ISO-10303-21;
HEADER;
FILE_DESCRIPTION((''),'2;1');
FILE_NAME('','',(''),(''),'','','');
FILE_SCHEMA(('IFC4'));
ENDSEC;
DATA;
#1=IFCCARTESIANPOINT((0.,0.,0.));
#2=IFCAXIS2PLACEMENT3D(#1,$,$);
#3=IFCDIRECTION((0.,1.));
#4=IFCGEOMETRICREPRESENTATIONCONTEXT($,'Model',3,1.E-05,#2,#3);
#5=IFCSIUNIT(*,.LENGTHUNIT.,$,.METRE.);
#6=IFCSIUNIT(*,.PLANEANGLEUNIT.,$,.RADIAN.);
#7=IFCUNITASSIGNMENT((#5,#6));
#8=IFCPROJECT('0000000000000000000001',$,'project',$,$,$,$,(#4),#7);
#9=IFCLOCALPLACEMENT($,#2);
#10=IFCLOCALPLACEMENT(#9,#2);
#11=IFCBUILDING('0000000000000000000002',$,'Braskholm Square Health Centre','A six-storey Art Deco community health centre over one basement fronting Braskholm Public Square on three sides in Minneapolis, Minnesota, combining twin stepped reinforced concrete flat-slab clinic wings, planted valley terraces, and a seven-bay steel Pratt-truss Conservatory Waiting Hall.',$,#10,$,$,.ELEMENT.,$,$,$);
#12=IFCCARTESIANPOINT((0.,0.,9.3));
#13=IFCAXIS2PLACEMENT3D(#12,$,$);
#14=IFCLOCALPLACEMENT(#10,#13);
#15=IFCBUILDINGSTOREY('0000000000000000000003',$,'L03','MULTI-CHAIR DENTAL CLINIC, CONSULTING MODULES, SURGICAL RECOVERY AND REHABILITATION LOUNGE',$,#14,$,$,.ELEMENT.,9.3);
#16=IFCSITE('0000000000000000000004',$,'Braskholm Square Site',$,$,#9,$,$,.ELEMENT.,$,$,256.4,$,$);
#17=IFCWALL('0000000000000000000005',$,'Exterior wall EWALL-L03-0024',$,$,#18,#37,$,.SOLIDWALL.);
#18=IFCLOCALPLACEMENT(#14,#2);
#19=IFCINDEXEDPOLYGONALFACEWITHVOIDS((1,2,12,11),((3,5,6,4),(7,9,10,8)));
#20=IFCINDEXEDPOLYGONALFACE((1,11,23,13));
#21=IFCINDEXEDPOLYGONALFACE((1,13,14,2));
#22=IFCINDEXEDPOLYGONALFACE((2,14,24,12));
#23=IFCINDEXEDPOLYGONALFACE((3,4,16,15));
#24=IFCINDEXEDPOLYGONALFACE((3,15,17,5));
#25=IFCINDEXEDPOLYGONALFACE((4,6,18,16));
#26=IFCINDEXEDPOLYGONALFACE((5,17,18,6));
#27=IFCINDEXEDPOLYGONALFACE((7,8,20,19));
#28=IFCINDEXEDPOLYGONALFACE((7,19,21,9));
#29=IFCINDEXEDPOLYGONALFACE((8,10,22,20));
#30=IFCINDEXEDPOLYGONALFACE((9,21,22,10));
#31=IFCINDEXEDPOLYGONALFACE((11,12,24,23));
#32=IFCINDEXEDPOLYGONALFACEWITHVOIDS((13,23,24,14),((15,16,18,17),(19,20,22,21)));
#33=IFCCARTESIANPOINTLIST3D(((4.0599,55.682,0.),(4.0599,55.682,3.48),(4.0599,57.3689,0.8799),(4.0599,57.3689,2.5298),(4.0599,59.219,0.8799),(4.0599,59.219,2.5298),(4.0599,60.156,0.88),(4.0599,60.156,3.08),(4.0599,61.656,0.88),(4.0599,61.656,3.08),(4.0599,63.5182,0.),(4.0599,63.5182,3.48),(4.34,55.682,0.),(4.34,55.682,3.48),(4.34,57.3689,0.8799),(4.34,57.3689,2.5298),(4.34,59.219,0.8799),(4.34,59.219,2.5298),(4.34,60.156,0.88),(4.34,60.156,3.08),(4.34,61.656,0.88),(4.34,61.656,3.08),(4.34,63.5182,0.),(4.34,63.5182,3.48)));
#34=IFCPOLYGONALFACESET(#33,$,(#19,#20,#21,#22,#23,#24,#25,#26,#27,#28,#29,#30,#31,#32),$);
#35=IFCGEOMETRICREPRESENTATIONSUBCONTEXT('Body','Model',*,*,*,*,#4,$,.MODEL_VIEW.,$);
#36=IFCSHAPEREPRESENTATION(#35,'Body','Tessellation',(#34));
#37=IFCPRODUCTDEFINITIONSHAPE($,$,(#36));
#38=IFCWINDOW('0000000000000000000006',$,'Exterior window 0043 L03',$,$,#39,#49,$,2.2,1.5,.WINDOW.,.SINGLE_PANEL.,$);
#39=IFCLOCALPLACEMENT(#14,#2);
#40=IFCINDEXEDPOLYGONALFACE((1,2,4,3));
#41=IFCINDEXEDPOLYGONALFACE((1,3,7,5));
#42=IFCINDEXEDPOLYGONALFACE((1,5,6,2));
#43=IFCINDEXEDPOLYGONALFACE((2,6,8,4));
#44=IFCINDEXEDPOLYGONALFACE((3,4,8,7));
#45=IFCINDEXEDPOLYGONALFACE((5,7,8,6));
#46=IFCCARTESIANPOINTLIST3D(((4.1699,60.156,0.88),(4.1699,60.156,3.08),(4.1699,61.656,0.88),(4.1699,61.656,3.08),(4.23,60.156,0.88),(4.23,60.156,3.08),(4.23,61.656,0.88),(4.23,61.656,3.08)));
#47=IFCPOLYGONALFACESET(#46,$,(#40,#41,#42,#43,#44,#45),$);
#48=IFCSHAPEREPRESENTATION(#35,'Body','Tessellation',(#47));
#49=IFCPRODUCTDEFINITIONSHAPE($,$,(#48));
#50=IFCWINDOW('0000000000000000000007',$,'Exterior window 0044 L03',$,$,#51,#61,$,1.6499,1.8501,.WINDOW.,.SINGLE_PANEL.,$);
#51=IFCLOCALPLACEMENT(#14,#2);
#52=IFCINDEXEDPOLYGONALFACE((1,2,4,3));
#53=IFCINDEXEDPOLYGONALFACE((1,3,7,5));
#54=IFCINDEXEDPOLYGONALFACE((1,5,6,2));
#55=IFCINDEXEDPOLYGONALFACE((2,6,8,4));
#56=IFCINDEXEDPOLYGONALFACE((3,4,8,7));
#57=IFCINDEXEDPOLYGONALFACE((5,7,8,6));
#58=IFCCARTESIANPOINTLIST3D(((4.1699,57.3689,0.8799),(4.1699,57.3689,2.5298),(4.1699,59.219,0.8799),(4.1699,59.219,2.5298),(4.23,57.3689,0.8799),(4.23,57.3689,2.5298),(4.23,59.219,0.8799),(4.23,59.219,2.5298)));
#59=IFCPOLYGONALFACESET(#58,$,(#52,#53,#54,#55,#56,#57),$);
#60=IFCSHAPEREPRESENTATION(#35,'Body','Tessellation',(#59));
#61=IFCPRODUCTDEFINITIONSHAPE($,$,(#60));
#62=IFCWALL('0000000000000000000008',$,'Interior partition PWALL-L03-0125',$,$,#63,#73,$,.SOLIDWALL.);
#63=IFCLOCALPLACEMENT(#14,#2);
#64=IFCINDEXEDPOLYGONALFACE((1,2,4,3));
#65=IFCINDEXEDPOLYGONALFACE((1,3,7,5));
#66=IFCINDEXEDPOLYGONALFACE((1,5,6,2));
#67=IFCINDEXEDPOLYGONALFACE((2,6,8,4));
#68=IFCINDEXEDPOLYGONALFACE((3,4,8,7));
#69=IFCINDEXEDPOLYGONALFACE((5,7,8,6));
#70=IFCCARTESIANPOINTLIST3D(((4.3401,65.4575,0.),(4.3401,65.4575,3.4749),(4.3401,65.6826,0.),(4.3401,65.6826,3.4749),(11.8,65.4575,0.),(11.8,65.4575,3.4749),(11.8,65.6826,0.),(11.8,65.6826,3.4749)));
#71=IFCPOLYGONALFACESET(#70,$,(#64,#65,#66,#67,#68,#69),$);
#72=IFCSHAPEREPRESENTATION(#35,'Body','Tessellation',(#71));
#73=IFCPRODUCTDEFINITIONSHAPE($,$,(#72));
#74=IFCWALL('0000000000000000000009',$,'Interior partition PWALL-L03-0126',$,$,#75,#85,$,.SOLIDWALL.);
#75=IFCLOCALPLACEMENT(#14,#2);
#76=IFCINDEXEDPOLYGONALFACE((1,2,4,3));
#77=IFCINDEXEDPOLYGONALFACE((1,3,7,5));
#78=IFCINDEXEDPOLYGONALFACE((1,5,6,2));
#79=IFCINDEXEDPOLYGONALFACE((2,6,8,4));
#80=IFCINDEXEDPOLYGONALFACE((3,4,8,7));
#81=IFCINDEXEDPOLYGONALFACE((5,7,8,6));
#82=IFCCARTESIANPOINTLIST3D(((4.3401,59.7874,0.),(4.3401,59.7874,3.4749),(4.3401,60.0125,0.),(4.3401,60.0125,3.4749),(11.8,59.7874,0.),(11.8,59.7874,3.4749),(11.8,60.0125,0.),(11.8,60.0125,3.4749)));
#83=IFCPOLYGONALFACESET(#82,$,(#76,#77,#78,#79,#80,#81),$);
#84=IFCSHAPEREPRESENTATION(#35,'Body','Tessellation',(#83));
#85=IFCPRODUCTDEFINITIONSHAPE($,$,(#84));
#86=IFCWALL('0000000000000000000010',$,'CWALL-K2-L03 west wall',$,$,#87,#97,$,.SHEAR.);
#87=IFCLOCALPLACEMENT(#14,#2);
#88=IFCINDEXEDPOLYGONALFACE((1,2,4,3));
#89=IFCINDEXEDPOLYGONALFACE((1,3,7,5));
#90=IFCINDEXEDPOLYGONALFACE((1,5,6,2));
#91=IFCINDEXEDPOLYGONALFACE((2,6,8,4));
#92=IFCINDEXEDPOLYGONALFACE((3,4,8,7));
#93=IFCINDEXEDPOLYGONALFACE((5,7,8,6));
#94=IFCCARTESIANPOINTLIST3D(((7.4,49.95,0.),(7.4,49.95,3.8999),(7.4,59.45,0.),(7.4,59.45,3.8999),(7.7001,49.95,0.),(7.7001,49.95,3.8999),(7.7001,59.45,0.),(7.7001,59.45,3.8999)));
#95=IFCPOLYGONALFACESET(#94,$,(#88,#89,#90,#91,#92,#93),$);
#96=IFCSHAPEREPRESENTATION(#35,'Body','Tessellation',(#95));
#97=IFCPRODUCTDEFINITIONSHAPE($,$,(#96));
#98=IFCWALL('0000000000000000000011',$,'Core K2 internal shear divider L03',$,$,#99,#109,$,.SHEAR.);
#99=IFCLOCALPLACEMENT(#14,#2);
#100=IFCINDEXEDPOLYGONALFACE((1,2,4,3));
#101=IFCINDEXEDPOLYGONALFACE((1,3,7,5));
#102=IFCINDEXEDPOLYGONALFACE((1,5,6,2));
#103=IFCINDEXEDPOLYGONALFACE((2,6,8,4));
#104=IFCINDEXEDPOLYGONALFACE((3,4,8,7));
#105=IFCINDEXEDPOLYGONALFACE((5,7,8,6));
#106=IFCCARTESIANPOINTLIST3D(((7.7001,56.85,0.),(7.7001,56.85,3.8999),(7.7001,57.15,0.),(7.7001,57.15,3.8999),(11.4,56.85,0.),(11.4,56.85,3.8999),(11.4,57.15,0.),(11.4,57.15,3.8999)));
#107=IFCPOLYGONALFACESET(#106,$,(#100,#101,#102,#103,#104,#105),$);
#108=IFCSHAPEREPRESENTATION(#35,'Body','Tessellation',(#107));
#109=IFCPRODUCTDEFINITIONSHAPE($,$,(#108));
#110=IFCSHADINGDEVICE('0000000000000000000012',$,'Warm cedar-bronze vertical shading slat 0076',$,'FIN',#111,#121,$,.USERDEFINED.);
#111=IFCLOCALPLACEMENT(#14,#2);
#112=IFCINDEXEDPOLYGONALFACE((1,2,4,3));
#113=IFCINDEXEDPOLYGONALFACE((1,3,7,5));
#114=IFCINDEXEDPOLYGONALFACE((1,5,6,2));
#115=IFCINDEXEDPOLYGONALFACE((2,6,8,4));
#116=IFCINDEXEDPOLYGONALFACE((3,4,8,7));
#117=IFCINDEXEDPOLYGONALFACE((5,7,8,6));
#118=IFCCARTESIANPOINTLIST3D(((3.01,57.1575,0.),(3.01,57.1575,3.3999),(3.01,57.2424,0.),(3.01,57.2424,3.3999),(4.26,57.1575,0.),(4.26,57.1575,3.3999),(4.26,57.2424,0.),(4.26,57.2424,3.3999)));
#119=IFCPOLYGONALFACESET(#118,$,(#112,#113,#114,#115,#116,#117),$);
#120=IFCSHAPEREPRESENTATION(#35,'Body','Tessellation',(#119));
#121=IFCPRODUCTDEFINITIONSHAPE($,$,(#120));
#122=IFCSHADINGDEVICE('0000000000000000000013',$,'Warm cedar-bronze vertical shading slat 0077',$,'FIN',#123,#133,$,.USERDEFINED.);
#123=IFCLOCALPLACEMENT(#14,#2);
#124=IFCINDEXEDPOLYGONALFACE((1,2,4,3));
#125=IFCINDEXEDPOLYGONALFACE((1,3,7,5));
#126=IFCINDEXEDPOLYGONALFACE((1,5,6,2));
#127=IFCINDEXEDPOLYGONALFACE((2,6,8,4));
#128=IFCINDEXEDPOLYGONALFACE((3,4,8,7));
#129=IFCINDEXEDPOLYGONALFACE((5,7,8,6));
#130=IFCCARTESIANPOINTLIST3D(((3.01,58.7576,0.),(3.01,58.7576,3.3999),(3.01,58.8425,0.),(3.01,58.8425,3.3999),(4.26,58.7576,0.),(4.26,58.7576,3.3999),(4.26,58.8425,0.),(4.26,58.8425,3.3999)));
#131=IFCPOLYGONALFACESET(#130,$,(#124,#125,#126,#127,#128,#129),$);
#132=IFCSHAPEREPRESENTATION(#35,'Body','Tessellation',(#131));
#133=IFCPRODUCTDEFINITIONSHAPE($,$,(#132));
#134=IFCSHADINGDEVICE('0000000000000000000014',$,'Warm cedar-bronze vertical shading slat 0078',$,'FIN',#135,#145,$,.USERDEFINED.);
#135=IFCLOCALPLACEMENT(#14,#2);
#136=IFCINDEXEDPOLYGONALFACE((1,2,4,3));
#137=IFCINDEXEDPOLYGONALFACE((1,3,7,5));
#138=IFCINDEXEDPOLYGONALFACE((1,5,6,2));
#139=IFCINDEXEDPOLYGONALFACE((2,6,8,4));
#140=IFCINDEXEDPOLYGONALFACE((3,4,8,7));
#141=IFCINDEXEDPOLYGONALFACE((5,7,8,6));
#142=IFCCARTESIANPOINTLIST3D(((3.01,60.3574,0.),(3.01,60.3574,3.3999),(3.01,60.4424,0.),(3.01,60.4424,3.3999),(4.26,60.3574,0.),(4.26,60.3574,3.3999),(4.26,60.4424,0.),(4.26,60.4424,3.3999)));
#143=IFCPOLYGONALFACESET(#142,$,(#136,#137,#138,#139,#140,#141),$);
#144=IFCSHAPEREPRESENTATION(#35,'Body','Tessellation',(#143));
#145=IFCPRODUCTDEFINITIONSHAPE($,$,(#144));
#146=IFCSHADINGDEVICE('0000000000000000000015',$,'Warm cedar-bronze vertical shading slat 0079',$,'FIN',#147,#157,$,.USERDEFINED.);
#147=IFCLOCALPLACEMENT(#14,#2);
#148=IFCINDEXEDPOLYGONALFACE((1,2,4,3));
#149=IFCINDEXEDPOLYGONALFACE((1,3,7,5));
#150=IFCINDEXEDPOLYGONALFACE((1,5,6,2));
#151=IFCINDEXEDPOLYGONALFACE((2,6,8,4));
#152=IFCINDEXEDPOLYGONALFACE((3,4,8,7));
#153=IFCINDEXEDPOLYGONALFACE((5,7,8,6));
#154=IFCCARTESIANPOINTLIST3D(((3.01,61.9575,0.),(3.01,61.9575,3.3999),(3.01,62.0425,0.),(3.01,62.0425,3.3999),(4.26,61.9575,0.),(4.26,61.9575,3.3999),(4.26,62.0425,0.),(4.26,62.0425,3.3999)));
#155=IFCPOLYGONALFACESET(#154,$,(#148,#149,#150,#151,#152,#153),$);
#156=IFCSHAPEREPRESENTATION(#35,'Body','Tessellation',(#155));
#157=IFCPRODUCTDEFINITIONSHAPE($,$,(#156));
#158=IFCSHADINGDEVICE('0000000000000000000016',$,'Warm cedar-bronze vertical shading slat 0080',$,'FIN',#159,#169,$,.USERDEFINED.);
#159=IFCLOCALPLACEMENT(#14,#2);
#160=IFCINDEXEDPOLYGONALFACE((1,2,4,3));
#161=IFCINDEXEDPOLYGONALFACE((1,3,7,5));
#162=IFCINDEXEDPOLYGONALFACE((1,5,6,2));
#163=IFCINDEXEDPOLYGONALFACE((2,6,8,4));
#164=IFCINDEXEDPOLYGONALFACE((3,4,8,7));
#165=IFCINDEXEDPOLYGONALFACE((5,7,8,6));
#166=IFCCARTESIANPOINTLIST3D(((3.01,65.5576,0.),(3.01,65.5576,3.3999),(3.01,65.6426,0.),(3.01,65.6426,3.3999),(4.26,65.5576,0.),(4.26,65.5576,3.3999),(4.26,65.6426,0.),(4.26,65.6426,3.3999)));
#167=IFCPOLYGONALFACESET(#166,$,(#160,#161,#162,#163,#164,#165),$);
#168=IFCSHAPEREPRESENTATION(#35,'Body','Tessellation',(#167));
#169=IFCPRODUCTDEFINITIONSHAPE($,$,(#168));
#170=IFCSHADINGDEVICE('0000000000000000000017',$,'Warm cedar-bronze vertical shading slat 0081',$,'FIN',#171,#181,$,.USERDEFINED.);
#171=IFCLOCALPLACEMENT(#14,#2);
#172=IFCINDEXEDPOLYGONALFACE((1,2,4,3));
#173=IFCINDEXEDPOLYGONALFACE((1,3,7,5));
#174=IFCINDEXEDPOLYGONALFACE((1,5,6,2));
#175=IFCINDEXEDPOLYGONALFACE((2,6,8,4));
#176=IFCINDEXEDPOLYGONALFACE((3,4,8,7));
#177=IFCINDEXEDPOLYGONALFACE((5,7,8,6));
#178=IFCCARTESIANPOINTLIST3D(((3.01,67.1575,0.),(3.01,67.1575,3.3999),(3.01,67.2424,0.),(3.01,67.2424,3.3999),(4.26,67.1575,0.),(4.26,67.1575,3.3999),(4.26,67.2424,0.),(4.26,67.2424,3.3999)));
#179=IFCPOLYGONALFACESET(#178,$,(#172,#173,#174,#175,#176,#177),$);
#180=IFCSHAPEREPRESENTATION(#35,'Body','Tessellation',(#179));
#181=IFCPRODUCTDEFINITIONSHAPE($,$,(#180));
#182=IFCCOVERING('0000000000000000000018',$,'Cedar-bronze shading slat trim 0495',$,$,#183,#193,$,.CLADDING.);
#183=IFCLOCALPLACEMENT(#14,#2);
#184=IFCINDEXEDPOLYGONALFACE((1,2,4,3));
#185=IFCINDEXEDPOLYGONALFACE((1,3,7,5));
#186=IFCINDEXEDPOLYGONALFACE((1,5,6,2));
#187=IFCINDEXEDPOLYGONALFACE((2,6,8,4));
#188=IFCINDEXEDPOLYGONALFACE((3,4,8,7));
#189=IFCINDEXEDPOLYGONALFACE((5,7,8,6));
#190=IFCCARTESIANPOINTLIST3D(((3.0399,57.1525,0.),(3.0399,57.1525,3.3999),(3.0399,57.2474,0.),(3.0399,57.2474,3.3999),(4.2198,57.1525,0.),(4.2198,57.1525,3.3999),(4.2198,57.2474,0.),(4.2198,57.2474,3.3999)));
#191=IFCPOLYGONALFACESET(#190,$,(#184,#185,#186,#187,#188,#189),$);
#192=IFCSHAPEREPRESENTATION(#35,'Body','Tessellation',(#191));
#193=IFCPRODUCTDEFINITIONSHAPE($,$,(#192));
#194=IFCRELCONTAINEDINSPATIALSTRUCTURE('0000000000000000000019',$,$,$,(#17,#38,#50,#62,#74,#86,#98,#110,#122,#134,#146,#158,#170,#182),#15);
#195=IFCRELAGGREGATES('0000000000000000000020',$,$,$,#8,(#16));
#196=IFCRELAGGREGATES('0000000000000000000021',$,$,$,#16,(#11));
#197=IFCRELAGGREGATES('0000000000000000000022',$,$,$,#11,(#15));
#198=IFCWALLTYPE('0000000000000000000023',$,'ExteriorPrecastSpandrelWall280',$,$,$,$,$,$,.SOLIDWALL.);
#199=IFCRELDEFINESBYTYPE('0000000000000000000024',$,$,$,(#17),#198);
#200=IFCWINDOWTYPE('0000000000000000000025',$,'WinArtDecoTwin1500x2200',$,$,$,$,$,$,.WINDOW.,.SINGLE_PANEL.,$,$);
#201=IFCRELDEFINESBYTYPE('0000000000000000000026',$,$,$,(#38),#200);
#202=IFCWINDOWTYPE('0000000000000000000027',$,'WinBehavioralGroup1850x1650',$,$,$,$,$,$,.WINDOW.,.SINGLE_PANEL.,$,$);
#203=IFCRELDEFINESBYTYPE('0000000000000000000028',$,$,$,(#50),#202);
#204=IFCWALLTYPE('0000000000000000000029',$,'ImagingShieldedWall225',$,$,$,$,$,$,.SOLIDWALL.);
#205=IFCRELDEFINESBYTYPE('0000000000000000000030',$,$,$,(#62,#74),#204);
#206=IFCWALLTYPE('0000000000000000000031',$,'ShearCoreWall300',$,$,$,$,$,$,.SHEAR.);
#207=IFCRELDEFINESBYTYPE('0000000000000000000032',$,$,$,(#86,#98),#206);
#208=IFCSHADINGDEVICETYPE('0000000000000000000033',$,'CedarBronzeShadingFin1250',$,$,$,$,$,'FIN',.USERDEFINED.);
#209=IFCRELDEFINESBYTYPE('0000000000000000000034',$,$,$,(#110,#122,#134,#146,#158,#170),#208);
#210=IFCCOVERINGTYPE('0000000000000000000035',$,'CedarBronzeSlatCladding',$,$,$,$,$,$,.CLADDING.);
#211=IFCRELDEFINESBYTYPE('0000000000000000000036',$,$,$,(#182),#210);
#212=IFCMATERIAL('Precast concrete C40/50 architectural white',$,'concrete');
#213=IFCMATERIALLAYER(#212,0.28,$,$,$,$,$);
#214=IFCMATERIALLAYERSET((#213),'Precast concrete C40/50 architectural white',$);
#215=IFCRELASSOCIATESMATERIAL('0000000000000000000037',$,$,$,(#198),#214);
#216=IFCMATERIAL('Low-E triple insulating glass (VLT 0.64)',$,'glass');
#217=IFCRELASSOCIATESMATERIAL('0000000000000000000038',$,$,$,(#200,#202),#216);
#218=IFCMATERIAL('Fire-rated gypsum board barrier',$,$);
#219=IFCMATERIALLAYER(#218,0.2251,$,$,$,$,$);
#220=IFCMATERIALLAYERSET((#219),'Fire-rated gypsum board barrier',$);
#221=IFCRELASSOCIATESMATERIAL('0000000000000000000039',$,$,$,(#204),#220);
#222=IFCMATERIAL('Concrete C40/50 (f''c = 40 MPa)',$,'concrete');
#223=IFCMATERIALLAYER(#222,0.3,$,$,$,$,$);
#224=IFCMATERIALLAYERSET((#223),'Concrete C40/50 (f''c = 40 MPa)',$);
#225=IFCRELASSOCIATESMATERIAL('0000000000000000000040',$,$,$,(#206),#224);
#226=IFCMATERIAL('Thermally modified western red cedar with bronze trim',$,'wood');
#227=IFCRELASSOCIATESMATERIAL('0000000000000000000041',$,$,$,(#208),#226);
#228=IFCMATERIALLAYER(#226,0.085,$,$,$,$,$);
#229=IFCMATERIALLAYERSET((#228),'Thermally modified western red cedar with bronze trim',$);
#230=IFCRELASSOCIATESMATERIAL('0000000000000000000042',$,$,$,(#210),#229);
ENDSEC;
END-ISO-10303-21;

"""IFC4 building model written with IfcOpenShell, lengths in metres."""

from ifc_helpers import new_model, si_unit, direction, frame, frame_2d, origin, origin_with_axes, origin_2d, place, context, subcontext, project, spatial, rectangle, extrude, material, layer, layer_set, type_object, element, fill, save


model = new_model("IFC4")

# Units and contexts
model_context = context("Model", 3, precision=1e-05, world=origin(), true_north=direction((0.0, 1.0)))
body_context = subcontext(model_context, "Body", "Model", "MODEL_VIEW")
ifc_project = project(units=[si_unit("LENGTHUNIT", "METRE"), si_unit("PLANEANGLEUNIT", "RADIAN")], contexts=[model_context])

# Site, building, storey
site_placement = place(None, origin())
site = spatial("IfcSite", under=ifc_project, at=site_placement, Name="Braskholm Square Site", CompositionType="ELEMENT", RefElevation=256.4)
building_placement = place(site_placement, origin())
building = spatial("IfcBuilding", under=site, at=building_placement, Name="Braskholm Square Health Centre", Description="A six-storey Art Deco community health centre over one basement fronting Braskholm Public Square on three sides in Minneapolis, Minnesota, combining twin stepped reinforced concrete flat-slab clinic wings, planted valley terraces, and a seven-bay steel Pratt-truss Conservatory Waiting Hall.", CompositionType="ELEMENT")
storey_placement = place(building_placement, frame((0.0, 0.0, 9.3)))
storey = spatial("IfcBuildingStorey", under=building, at=storey_placement, Name="L03", Description="MULTI-CHAIR DENTAL CLINIC, CONSULTING MODULES, SURGICAL RECOVERY AND REHABILITATION LOUNGE", CompositionType="ELEMENT", Elevation=9.3)

# Shared definitions
ifc_material_1 = material(Name="Precast concrete C40/50 architectural white", Category="concrete")

# Shared definitions
ifc_material_2 = material(Name="Low-E triple insulating glass (VLT 0.64)", Category="glass")

# Wall, openings, windows
ifc_layer_1 = layer(ifc_material_1, 0.28)
ifc_layer_set_1 = layer_set([ifc_layer_1], Name="Precast concrete C40/50 architectural white")
wall_type_1 = type_object("IfcWallType", Name="ExteriorPrecastSpandrelWall280", PredefinedType="SOLIDWALL", material=ifc_layer_set_1)
wall_1_placement = place(storey_placement, frame((4.2, 63.5181, 0.0), z_axis=(0.0, 0.0, 1.0), x_axis=(0.0, -1.0, 0.0)))
wall_1 = element("IfcWall", 1, at=wall_1_placement, inside=storey, type_object=wall_type_1, Name="Exterior wall EWALL-L03-0024", PredefinedType="SOLIDWALL", context=body_context, shape_type="SweptSolid", body=[
    extrude(rectangle(XDim=7.8362, YDim=0.28, at=frame_2d((3.918, 0.0))), origin(), (0.0, 0.0, 1.0), 3.48),
])
opening_1_placement = place(wall_1_placement, frame((1.8621, 0.0, 0.8799)))
opening_1 = element("IfcOpeningElement", 2, at=opening_1_placement, cuts=wall_1, PredefinedType="OPENING", context=body_context, shape_type="SweptSolid", body=[
    extrude(rectangle(XDim=1.5, YDim=2.2, at=frame_2d((0.75, 1.1001))), frame((0.0, 0.1499, 0.0), z_axis=(0.0, -1.0, 0.0), x_axis=(1.0, 0.0, 0.0)), (0.0, 0.0, 1.0), 0.3),
])
opening_2_placement = place(wall_1_placement, frame((4.2991, 0.0, 0.8799)))
opening_2 = element("IfcOpeningElement", 3, at=opening_2_placement, cuts=wall_1, PredefinedType="OPENING", context=body_context, shape_type="SweptSolid", body=[
    extrude(rectangle(XDim=1.8501, YDim=1.6499, at=frame_2d((0.925, 0.825))), frame((0.0, 0.1499, 0.0), z_axis=(0.0, -1.0, 0.0), x_axis=(1.0, 0.0, 0.0)), (0.0, 0.0, 1.0), 0.3),
])
window_type_1 = type_object("IfcWindowType", Name="WinArtDecoTwin1500x2200", PartitioningType="SINGLE_PANEL", PredefinedType="WINDOW", material=ifc_material_2)
window_1_placement = place(opening_1_placement, origin_with_axes())
window_1 = element("IfcWindow", 4, at=window_1_placement, inside=storey, type_object=window_type_1, Name="Exterior window 0043 L03", OverallHeight=2.2, OverallWidth=1.5, PartitioningType="SINGLE_PANEL", PredefinedType="WINDOW", context=body_context, shape_type="SweptSolid", body=[
    extrude(rectangle(XDim=1.5, YDim=2.2, at=frame_2d((0.75, 1.1001))), frame((0.0, 0.03, 0.0), z_axis=(0.0, -1.0, 0.0), x_axis=(1.0, 0.0, 0.0)), (0.0, 0.0, 1.0), 0.0601),
])
fill(opening_1, window_1)
window_type_2 = type_object("IfcWindowType", Name="WinBehavioralGroup1850x1650", PartitioningType="SINGLE_PANEL", PredefinedType="WINDOW", material=ifc_material_2)
window_2_placement = place(opening_2_placement, origin_with_axes())
window_2 = element("IfcWindow", 5, at=window_2_placement, inside=storey, type_object=window_type_2, Name="Exterior window 0044 L03", OverallHeight=1.6499, OverallWidth=1.8501, PartitioningType="SINGLE_PANEL", PredefinedType="WINDOW", context=body_context, shape_type="SweptSolid", body=[
    extrude(rectangle(XDim=1.8501, YDim=1.6499, at=frame_2d((0.925, 0.825))), frame((0.0, 0.03, 0.0), z_axis=(0.0, -1.0, 0.0), x_axis=(1.0, 0.0, 0.0)), (0.0, 0.0, 1.0), 0.0601),
])
fill(opening_2, window_2)

# Walls
ifc_material_3 = material(Name="Fire-rated gypsum board barrier")
ifc_layer_2 = layer(ifc_material_3, 0.2251)
ifc_layer_set_2 = layer_set([ifc_layer_2], Name="Fire-rated gypsum board barrier")
wall_type_2 = type_object("IfcWallType", Name="ImagingShieldedWall225", PredefinedType="SOLIDWALL", material=ifc_layer_set_2)
for number, where, z_axis, x_axis, name in (
    (6, (4.3401, 65.5701, 0.0), (0.0, 0.0, 1.0), (1.0, 0.0, 0.0), "Interior partition PWALL-L03-0125"),
    (7, (4.3401, 59.8999, 0.0), (0.0, 0.0, 1.0), (1.0, 0.0, 0.0), "Interior partition PWALL-L03-0126"),
):
    element("IfcWall", number, at=place(storey_placement, frame(where, z_axis=z_axis, x_axis=x_axis)), inside=storey, type_object=wall_type_2, Name=name, PredefinedType="SOLIDWALL", context=body_context, shape_type="SweptSolid", body=[
        extrude(rectangle(XDim=7.46, YDim=0.2251, at=frame_2d((3.73, 0.0))), origin(), (0.0, 0.0, 1.0), 3.4749),
    ])
ifc_material_4 = material(Name="Concrete C40/50 (f'c = 40 MPa)", Category="concrete")
ifc_layer_3 = layer(ifc_material_4, 0.3)
ifc_layer_set_3 = layer_set([ifc_layer_3], Name="Concrete C40/50 (f'c = 40 MPa)")
wall_type_3 = type_object("IfcWallType", Name="ShearCoreWall300", PredefinedType="SHEAR", material=ifc_layer_set_3)
wall_2_placement = place(storey_placement, frame((7.55, 59.45, 0.0), z_axis=(0.0, 0.0, 1.0), x_axis=(0.0, -1.0, 0.0)))
element("IfcWall", 8, at=wall_2_placement, inside=storey, type_object=wall_type_3, Name="CWALL-K2-L03 west wall", PredefinedType="SHEAR", context=body_context, shape_type="SweptSolid", body=[
    extrude(rectangle(XDim=9.5, YDim=0.3, at=frame_2d((4.75, 0.0))), origin(), (0.0, 0.0, 1.0), 3.8999),
])
wall_3_placement = place(storey_placement, frame((7.7, 57.0, 0.0), z_axis=(0.0, 0.0, 1.0), x_axis=(1.0, 0.0, 0.0)))
element("IfcWall", 9, at=wall_3_placement, inside=storey, type_object=wall_type_3, Name="Core K2 internal shear divider L03", PredefinedType="SHEAR", context=body_context, shape_type="SweptSolid", body=[
    extrude(rectangle(XDim=3.7, YDim=0.3, at=frame_2d((1.8501, 0.0))), origin(), (0.0, 0.0, 1.0), 3.8999),
])

# Shading devices
ifc_material_5 = material(Name="Thermally modified western red cedar with bronze trim", Category="wood")
shading_device_type = type_object("IfcShadingDeviceType", Name="CedarBronzeShadingFin1250", ElementType="FIN", PredefinedType="USERDEFINED", material=ifc_material_5)
for number, where, z_axis, x_axis, name in (
    (10, (3.635, 57.2, 0.0), (0.0, 0.0, 1.0), (1.0, 0.0, 0.0), "Warm cedar-bronze vertical shading slat 0076"),
    (11, (3.635, 58.8, 0.0), (0.0, 0.0, 1.0), (1.0, 0.0, 0.0), "Warm cedar-bronze vertical shading slat 0077"),
    (12, (3.635, 60.3999, 0.0), (0.0, 0.0, 1.0), (1.0, 0.0, 0.0), "Warm cedar-bronze vertical shading slat 0078"),
    (13, (3.635, 62.0, 0.0), (0.0, 0.0, 1.0), (1.0, 0.0, 0.0), "Warm cedar-bronze vertical shading slat 0079"),
    (14, (3.635, 65.6001, 0.0), (0.0, 0.0, 1.0), (1.0, 0.0, 0.0), "Warm cedar-bronze vertical shading slat 0080"),
    (15, (3.635, 67.2, 0.0), (0.0, 0.0, 1.0), (1.0, 0.0, 0.0), "Warm cedar-bronze vertical shading slat 0081"),
):
    element("IfcShadingDevice", number, at=place(storey_placement, frame(where, z_axis=z_axis, x_axis=x_axis)), inside=storey, type_object=shading_device_type, Name=name, ObjectType="FIN", PredefinedType="USERDEFINED", context=body_context, shape_type="SweptSolid", body=[
        extrude(rectangle(XDim=1.25, YDim=0.085, at=origin_2d()), origin(), (0.0, 0.0, 1.0), 3.3999),
    ])

# Covering
ifc_layer_4 = layer(ifc_material_5, 0.085)
ifc_layer_set_4 = layer_set([ifc_layer_4], Name="Thermally modified western red cedar with bronze trim")
covering_type_1 = type_object("IfcCoveringType", Name="CedarBronzeSlatCladding", PredefinedType="CLADDING", material=ifc_layer_set_4)
for number, where, z_axis, x_axis, name in (
    (16, (3.6299, 57.2, 0.0), (0.0, 0.0, 1.0), (1.0, 0.0, 0.0), "Cedar-bronze shading slat trim 0495"),
):
    element("IfcCovering", number, at=place(storey_placement, frame(where, z_axis=z_axis, x_axis=x_axis)), inside=storey, type_object=covering_type_1, Name=name, PredefinedType="CLADDING", context=body_context, shape_type="SweptSolid", body=[
        extrude(rectangle(XDim=1.1799, YDim=0.095, at=origin_2d()), origin(), (0.0, 0.0, 1.0), 3.3999),
    ])

save(model, "model.ifc")
